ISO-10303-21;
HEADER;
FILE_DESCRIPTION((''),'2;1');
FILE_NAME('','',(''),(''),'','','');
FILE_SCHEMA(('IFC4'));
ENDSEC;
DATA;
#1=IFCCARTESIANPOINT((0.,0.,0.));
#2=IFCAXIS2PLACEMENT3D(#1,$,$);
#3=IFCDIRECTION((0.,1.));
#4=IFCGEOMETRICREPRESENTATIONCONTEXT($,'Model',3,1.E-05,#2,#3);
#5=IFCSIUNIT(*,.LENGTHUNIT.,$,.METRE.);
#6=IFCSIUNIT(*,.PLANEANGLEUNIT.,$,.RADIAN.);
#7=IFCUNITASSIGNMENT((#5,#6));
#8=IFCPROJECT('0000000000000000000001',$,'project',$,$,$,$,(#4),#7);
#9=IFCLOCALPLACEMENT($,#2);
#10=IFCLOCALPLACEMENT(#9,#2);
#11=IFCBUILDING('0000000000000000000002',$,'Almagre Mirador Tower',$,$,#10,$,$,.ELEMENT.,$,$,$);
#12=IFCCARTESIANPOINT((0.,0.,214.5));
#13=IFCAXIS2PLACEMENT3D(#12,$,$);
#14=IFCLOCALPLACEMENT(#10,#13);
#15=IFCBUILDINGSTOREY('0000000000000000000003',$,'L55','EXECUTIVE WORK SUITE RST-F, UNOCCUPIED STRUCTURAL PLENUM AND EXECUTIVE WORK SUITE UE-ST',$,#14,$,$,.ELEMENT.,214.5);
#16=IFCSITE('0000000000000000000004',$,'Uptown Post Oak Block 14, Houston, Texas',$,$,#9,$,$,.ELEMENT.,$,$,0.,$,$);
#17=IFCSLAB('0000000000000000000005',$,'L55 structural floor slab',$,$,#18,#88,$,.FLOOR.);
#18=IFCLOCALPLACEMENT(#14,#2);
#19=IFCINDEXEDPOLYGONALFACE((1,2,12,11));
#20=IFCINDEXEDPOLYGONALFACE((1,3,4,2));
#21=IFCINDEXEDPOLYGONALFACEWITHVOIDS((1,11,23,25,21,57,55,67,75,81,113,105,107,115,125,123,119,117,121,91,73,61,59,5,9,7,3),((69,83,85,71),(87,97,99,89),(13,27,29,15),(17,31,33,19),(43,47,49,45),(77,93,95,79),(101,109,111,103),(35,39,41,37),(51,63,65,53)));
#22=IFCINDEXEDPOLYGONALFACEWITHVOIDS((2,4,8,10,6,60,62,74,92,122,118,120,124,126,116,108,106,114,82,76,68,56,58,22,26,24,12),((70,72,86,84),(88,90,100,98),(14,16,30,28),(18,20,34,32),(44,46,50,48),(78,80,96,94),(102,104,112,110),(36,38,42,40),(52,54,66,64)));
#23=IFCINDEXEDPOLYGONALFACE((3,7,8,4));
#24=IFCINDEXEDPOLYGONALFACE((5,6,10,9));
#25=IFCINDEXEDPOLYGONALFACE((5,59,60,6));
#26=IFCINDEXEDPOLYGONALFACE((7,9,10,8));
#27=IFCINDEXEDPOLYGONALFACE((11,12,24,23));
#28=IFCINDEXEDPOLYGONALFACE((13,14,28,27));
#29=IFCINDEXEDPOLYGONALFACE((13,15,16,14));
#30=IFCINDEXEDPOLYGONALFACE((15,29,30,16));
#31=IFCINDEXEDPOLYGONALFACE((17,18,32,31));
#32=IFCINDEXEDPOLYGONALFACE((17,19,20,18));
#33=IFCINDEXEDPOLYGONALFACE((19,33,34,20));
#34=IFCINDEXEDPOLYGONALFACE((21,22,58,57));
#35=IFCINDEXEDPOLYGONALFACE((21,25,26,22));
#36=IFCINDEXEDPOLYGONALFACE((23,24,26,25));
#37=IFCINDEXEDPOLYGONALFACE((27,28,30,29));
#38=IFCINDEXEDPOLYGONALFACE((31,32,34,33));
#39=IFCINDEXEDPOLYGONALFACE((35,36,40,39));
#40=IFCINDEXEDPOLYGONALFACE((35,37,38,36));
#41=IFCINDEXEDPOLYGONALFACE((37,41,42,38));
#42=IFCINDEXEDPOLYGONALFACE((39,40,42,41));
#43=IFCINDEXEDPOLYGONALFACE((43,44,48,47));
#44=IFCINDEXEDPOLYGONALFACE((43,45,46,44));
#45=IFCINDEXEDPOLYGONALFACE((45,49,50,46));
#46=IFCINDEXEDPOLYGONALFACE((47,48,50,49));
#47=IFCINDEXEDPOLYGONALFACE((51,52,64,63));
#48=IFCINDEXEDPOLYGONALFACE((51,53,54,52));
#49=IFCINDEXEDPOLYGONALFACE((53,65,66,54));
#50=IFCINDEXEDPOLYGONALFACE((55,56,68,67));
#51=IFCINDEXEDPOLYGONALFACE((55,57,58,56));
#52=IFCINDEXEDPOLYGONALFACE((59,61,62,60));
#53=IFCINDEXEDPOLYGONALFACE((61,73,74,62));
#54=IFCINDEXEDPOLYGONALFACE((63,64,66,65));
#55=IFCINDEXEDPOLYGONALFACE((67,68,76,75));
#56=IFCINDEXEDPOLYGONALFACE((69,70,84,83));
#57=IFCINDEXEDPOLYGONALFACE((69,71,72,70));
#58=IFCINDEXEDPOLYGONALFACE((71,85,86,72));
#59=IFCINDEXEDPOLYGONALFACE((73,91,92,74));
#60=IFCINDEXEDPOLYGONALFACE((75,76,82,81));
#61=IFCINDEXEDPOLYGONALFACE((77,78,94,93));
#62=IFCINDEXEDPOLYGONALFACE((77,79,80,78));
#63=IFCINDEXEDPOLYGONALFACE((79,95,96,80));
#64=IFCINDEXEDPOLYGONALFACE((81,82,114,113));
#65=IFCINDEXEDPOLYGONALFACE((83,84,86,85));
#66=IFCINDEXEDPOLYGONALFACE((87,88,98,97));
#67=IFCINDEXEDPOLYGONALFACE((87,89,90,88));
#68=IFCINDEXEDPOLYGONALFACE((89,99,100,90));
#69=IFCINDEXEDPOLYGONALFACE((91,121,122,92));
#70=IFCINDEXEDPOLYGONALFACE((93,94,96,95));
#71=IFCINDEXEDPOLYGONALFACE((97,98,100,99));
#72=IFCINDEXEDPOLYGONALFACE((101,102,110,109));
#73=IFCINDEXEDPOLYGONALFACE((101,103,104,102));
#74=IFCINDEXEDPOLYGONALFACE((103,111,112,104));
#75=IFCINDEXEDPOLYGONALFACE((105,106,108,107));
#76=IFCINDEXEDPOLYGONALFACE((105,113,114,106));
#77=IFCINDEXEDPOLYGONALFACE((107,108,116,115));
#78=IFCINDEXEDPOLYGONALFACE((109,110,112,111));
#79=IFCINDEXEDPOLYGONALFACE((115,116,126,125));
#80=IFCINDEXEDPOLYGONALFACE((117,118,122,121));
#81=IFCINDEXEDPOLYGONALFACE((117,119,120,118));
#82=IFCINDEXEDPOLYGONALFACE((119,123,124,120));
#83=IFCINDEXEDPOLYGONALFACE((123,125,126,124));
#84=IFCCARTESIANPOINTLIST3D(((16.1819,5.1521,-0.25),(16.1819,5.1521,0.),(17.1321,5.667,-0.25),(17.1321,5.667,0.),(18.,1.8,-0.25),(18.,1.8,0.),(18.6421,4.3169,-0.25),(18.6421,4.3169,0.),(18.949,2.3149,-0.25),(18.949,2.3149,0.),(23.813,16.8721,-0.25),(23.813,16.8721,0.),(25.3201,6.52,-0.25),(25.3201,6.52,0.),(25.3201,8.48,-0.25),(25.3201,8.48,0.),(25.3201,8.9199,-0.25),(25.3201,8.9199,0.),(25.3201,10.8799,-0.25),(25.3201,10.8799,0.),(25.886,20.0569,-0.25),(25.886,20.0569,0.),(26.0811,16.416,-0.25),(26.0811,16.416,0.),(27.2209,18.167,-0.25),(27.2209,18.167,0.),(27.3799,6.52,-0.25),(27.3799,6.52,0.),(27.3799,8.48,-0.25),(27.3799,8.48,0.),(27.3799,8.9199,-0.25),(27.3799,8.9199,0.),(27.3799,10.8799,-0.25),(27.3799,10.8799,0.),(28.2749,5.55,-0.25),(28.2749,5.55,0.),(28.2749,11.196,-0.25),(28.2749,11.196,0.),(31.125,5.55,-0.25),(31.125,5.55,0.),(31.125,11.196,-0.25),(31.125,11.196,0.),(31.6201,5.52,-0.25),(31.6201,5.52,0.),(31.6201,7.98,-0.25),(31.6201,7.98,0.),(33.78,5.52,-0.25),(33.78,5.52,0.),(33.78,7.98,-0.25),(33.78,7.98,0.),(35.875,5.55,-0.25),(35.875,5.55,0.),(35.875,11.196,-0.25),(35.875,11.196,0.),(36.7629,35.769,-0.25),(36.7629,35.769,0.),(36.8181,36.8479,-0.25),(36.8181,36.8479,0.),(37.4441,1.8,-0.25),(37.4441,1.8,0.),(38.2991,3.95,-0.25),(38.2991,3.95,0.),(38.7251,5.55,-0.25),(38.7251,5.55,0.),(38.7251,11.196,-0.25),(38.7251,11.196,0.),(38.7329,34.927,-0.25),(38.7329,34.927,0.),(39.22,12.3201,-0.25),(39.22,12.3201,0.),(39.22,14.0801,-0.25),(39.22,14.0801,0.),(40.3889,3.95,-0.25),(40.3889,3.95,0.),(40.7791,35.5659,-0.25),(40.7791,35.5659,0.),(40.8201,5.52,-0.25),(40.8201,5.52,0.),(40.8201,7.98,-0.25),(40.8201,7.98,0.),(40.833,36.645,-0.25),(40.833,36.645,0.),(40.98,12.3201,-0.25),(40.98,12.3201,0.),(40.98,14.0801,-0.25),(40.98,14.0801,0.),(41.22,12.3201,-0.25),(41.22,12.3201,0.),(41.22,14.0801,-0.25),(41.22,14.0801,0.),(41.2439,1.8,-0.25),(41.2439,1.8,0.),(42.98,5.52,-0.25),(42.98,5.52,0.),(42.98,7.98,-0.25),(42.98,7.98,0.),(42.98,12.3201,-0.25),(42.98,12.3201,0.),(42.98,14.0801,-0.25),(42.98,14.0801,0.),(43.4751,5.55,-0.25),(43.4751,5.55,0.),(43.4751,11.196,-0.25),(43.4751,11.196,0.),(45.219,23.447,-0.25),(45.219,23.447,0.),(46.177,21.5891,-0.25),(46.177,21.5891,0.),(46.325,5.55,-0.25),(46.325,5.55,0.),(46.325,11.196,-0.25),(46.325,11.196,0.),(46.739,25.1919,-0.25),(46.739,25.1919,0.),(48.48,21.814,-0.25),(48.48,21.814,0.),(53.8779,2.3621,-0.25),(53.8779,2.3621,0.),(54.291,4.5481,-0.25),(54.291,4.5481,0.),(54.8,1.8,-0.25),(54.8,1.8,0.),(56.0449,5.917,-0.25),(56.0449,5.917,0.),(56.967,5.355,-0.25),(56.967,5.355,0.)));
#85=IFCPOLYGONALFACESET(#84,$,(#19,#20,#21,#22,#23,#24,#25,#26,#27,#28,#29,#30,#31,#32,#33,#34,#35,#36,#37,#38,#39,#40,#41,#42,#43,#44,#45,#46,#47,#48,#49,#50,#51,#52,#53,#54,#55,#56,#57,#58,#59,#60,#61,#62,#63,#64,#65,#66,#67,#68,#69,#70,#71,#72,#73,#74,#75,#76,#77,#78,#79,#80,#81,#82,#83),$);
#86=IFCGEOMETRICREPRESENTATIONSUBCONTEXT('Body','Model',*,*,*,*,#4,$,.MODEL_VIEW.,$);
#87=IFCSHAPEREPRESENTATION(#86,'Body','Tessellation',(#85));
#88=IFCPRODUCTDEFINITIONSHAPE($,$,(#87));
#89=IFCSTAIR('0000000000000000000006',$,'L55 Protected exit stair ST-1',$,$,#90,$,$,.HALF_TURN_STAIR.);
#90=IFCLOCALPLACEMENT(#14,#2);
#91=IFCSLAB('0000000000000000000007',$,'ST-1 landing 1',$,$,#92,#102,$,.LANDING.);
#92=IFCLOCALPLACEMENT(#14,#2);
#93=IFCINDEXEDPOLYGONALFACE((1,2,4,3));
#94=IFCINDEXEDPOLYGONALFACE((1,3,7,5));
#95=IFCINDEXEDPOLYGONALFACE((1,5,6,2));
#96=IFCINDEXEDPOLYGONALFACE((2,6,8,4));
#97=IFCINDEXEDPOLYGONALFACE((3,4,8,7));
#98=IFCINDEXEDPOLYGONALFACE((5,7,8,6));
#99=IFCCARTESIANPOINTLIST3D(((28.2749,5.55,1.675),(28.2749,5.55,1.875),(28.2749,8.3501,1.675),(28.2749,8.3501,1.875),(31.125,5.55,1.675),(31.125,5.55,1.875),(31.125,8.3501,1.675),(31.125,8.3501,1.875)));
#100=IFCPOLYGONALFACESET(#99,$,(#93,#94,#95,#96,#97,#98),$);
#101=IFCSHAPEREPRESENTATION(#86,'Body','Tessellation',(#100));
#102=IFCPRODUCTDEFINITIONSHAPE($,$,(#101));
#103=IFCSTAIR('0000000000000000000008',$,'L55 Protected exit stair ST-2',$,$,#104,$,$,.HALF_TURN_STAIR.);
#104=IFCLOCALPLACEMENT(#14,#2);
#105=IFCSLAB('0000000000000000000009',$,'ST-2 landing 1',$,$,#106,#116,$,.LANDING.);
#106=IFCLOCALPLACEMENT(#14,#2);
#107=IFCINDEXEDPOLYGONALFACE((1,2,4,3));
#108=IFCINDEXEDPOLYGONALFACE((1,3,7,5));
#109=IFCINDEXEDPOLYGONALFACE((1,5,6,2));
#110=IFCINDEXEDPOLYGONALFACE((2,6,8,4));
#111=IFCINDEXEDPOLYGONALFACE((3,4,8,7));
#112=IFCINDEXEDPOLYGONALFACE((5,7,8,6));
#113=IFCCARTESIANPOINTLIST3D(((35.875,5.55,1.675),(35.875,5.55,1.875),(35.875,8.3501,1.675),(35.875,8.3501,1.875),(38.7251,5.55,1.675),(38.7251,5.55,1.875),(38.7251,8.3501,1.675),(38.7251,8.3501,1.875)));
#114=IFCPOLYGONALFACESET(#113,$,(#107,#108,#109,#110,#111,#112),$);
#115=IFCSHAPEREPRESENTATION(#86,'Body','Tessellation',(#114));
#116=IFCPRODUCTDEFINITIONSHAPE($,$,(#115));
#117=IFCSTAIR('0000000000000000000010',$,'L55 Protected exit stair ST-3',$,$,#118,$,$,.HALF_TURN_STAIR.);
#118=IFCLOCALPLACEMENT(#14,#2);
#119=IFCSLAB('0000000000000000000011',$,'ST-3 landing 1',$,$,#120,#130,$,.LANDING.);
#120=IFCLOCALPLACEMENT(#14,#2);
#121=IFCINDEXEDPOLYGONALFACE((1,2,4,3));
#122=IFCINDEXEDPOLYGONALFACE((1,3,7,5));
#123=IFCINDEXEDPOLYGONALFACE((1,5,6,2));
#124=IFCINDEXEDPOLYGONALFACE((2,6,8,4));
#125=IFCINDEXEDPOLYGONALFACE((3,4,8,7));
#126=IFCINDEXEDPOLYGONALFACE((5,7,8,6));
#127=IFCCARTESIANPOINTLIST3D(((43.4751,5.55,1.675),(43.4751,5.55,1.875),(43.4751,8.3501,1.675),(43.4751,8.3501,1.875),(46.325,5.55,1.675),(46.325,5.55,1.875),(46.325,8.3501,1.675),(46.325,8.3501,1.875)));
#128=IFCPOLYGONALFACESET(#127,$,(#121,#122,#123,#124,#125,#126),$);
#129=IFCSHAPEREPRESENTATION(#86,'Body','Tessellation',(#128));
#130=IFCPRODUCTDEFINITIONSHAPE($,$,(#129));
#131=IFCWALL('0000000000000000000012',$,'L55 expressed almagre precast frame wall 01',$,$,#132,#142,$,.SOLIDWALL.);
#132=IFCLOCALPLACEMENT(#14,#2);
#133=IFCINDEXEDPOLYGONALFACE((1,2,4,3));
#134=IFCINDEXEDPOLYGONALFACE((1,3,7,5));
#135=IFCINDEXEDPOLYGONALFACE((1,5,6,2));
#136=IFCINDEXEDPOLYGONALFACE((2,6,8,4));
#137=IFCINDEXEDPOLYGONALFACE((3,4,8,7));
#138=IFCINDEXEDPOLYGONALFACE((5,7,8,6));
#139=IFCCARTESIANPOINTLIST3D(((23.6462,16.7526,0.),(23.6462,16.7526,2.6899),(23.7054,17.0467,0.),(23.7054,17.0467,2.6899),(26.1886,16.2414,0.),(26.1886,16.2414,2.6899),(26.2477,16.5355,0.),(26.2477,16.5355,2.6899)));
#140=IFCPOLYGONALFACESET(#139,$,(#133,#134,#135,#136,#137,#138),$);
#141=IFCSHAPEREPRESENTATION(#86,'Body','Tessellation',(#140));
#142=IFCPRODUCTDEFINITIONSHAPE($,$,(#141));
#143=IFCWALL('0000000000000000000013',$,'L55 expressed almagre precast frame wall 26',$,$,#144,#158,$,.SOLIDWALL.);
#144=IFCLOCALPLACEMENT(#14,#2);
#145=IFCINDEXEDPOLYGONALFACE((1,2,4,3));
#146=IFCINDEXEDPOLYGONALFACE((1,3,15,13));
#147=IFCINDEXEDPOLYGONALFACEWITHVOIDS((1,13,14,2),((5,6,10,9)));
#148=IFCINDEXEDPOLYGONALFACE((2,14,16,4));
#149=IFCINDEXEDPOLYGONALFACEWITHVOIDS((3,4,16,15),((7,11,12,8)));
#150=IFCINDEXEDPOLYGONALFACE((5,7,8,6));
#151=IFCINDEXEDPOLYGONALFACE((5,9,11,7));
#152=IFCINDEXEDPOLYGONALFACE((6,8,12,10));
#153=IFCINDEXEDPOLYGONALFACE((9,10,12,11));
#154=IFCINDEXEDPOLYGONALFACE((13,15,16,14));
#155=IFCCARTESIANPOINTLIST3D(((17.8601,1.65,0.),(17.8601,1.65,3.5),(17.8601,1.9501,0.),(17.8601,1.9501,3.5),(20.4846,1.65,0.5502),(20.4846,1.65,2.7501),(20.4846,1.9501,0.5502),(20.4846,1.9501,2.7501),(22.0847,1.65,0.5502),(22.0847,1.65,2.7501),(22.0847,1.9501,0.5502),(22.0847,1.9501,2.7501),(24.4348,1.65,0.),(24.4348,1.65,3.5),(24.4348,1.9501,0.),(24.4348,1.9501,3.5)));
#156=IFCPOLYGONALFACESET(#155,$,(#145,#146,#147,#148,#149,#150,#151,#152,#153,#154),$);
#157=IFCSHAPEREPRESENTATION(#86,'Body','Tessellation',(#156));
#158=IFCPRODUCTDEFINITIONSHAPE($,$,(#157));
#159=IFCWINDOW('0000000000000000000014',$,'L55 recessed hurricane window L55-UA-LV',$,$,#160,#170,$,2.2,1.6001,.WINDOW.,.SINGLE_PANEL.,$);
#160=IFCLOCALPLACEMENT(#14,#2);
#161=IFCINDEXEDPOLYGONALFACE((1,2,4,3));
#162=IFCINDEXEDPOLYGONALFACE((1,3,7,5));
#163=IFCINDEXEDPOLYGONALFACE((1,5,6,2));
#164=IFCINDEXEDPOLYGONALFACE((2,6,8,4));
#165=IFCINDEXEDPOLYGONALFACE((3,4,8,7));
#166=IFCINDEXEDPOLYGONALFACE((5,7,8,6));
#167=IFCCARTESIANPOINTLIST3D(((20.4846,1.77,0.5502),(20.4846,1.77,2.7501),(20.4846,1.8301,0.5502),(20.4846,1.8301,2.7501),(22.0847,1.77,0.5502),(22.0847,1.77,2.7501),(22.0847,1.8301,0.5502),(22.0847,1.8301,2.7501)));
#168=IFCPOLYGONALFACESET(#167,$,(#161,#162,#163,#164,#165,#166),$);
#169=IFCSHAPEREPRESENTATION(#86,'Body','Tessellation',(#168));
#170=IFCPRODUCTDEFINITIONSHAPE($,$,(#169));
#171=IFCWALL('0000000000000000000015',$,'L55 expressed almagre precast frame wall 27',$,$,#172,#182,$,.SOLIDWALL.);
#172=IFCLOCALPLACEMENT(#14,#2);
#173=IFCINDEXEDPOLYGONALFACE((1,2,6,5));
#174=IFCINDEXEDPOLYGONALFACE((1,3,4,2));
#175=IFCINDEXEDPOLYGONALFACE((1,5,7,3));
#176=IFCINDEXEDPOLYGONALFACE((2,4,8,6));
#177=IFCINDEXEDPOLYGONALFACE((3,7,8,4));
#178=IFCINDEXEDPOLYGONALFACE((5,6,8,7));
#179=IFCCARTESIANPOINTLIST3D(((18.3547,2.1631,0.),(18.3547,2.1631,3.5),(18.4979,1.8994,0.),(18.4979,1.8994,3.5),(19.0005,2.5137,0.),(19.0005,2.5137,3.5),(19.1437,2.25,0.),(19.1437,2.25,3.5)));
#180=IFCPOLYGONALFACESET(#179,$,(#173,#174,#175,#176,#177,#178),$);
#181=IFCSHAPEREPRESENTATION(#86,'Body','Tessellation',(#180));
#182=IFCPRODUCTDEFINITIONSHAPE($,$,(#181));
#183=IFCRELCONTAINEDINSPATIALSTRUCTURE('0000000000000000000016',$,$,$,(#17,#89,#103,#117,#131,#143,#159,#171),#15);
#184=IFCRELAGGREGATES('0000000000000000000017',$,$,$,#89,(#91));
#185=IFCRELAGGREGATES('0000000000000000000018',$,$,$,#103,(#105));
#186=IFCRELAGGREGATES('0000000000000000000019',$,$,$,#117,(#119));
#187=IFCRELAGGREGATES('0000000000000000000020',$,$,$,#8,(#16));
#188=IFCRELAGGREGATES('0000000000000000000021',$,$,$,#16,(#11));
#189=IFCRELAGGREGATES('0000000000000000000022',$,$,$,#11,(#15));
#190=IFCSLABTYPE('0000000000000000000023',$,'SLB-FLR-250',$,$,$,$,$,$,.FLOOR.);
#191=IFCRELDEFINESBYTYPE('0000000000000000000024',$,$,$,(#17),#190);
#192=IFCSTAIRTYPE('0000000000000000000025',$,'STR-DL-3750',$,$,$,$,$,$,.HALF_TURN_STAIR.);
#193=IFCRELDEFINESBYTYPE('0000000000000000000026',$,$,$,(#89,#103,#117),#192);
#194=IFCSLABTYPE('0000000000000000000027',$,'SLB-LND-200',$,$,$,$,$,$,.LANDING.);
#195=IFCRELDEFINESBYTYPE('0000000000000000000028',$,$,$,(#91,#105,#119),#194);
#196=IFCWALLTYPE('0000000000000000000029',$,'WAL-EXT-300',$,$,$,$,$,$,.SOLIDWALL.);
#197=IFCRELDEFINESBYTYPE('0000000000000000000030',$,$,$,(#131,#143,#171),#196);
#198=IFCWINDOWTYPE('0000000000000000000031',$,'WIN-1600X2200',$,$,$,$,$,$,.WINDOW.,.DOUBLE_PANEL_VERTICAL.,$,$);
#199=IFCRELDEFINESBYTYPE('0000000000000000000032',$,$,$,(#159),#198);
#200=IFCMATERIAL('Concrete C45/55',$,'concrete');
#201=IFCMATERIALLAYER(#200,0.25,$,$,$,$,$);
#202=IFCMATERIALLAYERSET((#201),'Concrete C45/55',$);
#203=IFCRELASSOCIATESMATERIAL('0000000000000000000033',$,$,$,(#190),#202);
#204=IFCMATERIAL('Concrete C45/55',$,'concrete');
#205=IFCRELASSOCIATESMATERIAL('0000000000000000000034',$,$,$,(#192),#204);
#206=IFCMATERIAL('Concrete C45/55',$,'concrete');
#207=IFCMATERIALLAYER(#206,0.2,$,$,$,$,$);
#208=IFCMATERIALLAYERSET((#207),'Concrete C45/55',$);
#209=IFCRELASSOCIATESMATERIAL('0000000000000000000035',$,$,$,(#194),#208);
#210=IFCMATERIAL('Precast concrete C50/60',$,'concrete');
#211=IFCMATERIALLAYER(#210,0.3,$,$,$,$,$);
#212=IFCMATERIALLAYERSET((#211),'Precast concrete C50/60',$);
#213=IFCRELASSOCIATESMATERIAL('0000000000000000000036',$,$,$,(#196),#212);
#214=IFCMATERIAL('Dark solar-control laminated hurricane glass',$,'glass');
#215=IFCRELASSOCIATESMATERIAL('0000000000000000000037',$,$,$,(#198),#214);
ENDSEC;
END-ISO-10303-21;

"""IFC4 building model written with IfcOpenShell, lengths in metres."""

from ifc_helpers import new_model, si_unit, direction, frame, frame_2d, origin, place, context, subcontext, project, spatial, polyline, rectangle, outline, extrude, material, layer, layer_set, type_object, element, fill, aggregate, save


model = new_model("IFC4")

# Units and contexts
model_context = context("Model", 3, precision=1e-05, world=origin(), true_north=direction((0.0, 1.0)))
body_context = subcontext(model_context, "Body", "Model", "MODEL_VIEW")
ifc_project = project(units=[si_unit("LENGTHUNIT", "METRE"), si_unit("PLANEANGLEUNIT", "RADIAN")], contexts=[model_context])

# Site, building, storey
site_placement = place(None, origin())
site = spatial("IfcSite", under=ifc_project, at=site_placement, Name="Uptown Post Oak Block 14, Houston, Texas", CompositionType="ELEMENT", RefElevation=0.0)
building_placement = place(site_placement, origin())
building = spatial("IfcBuilding", under=site, at=building_placement, Name="Almagre Mirador Tower", CompositionType="ELEMENT")
storey_placement = place(building_placement, frame((0.0, 0.0, 214.5)))
storey = spatial("IfcBuildingStorey", under=building, at=storey_placement, Name="L55", Description="EXECUTIVE WORK SUITE RST-F, UNOCCUPIED STRUCTURAL PLENUM AND EXECUTIVE WORK SUITE UE-ST", CompositionType="ELEMENT", Elevation=214.5)

# Slab
ifc_material_1 = material(Name="Concrete C45/55", Category="concrete")
ifc_layer_1 = layer(ifc_material_1, 0.25)
ifc_layer_set_1 = layer_set([ifc_layer_1], Name="Concrete C45/55")
slab_type_1 = type_object("IfcSlabType", Name="SLB-FLR-250", PredefinedType="FLOOR", material=ifc_layer_set_1)
slab_1_placement = place(storey_placement, frame((0.0, 0.0, -0.25)))
element("IfcSlab", 1, at=slab_1_placement, inside=storey, type_object=slab_type_1, Name="L55 structural floor slab", PredefinedType="FLOOR", context=body_context, shape_type="SweptSolid", body=[
    extrude(outline(polyline([(16.1819, 5.1521), (17.1321, 5.667), (18.6421, 4.3169), (18.949, 2.3149), (18.0, 1.8), (37.4441, 1.8), (38.2991, 3.95), (40.3889, 3.95), (41.2439, 1.8), (54.8, 1.8), (53.8779, 2.3621), (54.291, 4.5481), (56.0449, 5.917), (56.967, 5.355), (48.48, 21.814), (46.177, 21.5891), (45.219, 23.447), (46.739, 25.1919), (40.833, 36.645), (40.7791, 35.5659), (38.7329, 34.927), (36.7629, 35.769), (36.8181, 36.8479), (25.886, 20.0569), (27.2209, 18.167), (26.0811, 16.416), (23.813, 16.8721), (16.1819, 5.1521)]), holes=[polyline([(43.4751, 5.55), (43.4751, 11.196), (46.325, 11.196), (46.325, 5.55), (43.4751, 5.55)]), polyline([(41.22, 12.3201), (41.22, 14.0801), (42.98, 14.0801), (42.98, 12.3201), (41.22, 12.3201)]), polyline([(42.98, 5.52), (40.8201, 5.52), (40.8201, 7.98), (42.98, 7.98), (42.98, 5.52)]), polyline([(39.22, 12.3201), (39.22, 14.0801), (40.98, 14.0801), (40.98, 12.3201), (39.22, 12.3201)]), polyline([(35.875, 5.55), (35.875, 11.196), (38.7251, 11.196), (38.7251, 5.55), (35.875, 5.55)]), polyline([(33.78, 5.52), (31.6201, 5.52), (31.6201, 7.98), (33.78, 7.98), (33.78, 5.52)]), polyline([(28.2749, 5.55), (28.2749, 11.196), (31.125, 11.196), (31.125, 5.55), (28.2749, 5.55)]), polyline([(27.3799, 6.52), (25.3201, 6.52), (25.3201, 8.48), (27.3799, 8.48), (27.3799, 6.52)]), polyline([(27.3799, 8.9199), (25.3201, 8.9199), (25.3201, 10.8799), (27.3799, 10.8799), (27.3799, 8.9199)])]), origin(), (0.0, 0.0, 1.0), 0.25),
])

# Stairs, slabs
ifc_material_2 = material(Name="Concrete C45/55", Category="concrete")
stair_type = type_object("IfcStairType", Name="STR-DL-3750", PredefinedType="HALF_TURN_STAIR", material=ifc_material_2)
stair_1_placement = place(storey_placement, origin())
stair_1 = element("IfcStair", 2, at=stair_1_placement, inside=storey, type_object=stair_type, Name="L55 Protected exit stair ST-1", PredefinedType="HALF_TURN_STAIR")
ifc_material_3 = material(Name="Concrete C45/55", Category="concrete")
ifc_layer_2 = layer(ifc_material_3, 0.2)
ifc_layer_set_2 = layer_set([ifc_layer_2], Name="Concrete C45/55")
slab_type_2 = type_object("IfcSlabType", Name="SLB-LND-200", PredefinedType="LANDING", material=ifc_layer_set_2)
slab_2_placement = place(storey_placement, frame((0.0, 0.0, 1.675)))
slab_2 = element("IfcSlab", 3, at=slab_2_placement, type_object=slab_type_2, Name="ST-1 landing 1", PredefinedType="LANDING", context=body_context, shape_type="SweptSolid", body=[
    extrude(outline(polyline([(28.2749, 8.3501), (28.2749, 5.55), (31.125, 5.55), (31.125, 8.3501), (28.2749, 8.3501)])), origin(), (0.0, 0.0, 1.0), 0.2),
])
aggregate(stair_1, [slab_2])
stair_2_placement = place(storey_placement, origin())
stair_2 = element("IfcStair", 4, at=stair_2_placement, inside=storey, type_object=stair_type, Name="L55 Protected exit stair ST-2", PredefinedType="HALF_TURN_STAIR")
slab_3_placement = place(storey_placement, frame((0.0, 0.0, 1.675)))
slab_3 = element("IfcSlab", 5, at=slab_3_placement, type_object=slab_type_2, Name="ST-2 landing 1", PredefinedType="LANDING", context=body_context, shape_type="SweptSolid", body=[
    extrude(outline(polyline([(35.875, 8.3501), (35.875, 5.55), (38.7251, 5.55), (38.7251, 8.3501), (35.875, 8.3501)])), origin(), (0.0, 0.0, 1.0), 0.2),
])
aggregate(stair_2, [slab_3])
stair_3_placement = place(storey_placement, origin())
stair_3 = element("IfcStair", 6, at=stair_3_placement, inside=storey, type_object=stair_type, Name="L55 Protected exit stair ST-3", PredefinedType="HALF_TURN_STAIR")
slab_4_placement = place(storey_placement, frame((0.0, 0.0, 1.675)))
slab_4 = element("IfcSlab", 7, at=slab_4_placement, type_object=slab_type_2, Name="ST-3 landing 1", PredefinedType="LANDING", context=body_context, shape_type="SweptSolid", body=[
    extrude(outline(polyline([(43.4751, 8.3501), (43.4751, 5.55), (46.325, 5.55), (46.325, 8.3501), (43.4751, 8.3501)])), origin(), (0.0, 0.0, 1.0), 0.2),
])
aggregate(stair_3, [slab_4])

# Wall
ifc_material_4 = material(Name="Precast concrete C50/60", Category="concrete")
ifc_layer_3 = layer(ifc_material_4, 0.3)
ifc_layer_set_3 = layer_set([ifc_layer_3], Name="Precast concrete C50/60")
wall_type_1 = type_object("IfcWallType", Name="WAL-EXT-300", PredefinedType="SOLIDWALL", material=ifc_layer_set_3)
wall_1_placement = place(storey_placement, frame((23.6758, 16.8997, 0.0), z_axis=(0.0, 0.0, 1.0), x_axis=(0.980377, -0.19713, 0.0)))
element("IfcWall", 8, at=wall_1_placement, inside=storey, type_object=wall_type_1, Name="L55 expressed almagre precast frame wall 01", PredefinedType="SOLIDWALL", context=body_context, shape_type="SweptSolid", body=[
    extrude(rectangle(XDim=2.5933, YDim=0.3, at=frame_2d((1.2966, 0.0))), origin(), (0.0, 0.0, 1.0), 2.6899),
])

# Wall, opening, window
wall_2_placement = place(storey_placement, frame((24.4348, 1.8, 0.0), z_axis=(0.0, 0.0, 1.0), x_axis=(-1.0, 0.0, 0.0)))
wall_2 = element("IfcWall", 9, at=wall_2_placement, inside=storey, type_object=wall_type_1, Name="L55 expressed almagre precast frame wall 26", PredefinedType="SOLIDWALL", context=body_context, shape_type="SweptSolid", body=[
    extrude(rectangle(XDim=6.5747, YDim=0.3, at=frame_2d((3.2874, 0.0))), origin(), (0.0, 0.0, 1.0), 3.5),
])
opening_1_placement = place(wall_2_placement, frame((2.3501, 0.0, 0.55)))
opening_1 = element("IfcOpeningElement", 10, at=opening_1_placement, cuts=wall_2, PredefinedType="OPENING", context=body_context, shape_type="SweptSolid", body=[
    extrude(rectangle(XDim=1.6001, YDim=2.2, at=frame_2d((0.8, 1.1001))), frame((0.0, 0.1599, 0.0), z_axis=(0.0, -1.0, 0.0), x_axis=(1.0, 0.0, 0.0)), (0.0, 0.0, 1.0), 0.32),
])
ifc_material_5 = material(Name="Dark solar-control laminated hurricane glass", Category="glass")
window_type_1 = type_object("IfcWindowType", Name="WIN-1600X2200", PartitioningType="DOUBLE_PANEL_VERTICAL", PredefinedType="WINDOW", material=ifc_material_5)
window_1_placement = place(opening_1_placement, origin())
window_1 = element("IfcWindow", 11, at=window_1_placement, inside=storey, type_object=window_type_1, Name="L55 recessed hurricane window L55-UA-LV", OverallHeight=2.2, OverallWidth=1.6001, PartitioningType="SINGLE_PANEL", PredefinedType="WINDOW", context=body_context, shape_type="SweptSolid", body=[
    extrude(rectangle(XDim=1.6001, YDim=2.2, at=frame_2d((0.8, 1.1001))), frame((0.0, 0.03, 0.0), z_axis=(0.0, -1.0, 0.0), x_axis=(1.0, 0.0, 0.0)), (0.0, 0.0, 1.0), 0.0601),
])
fill(opening_1, window_1)

# Wall
wall_3_placement = place(storey_placement, frame((18.4263, 2.0312, 0.0), z_axis=(0.0, 0.0, 1.0), x_axis=(0.878834, 0.477129, 0.0)))
element("IfcWall", 12, at=wall_3_placement, inside=storey, type_object=wall_type_1, Name="L55 expressed almagre precast frame wall 27", PredefinedType="SOLIDWALL", context=body_context, shape_type="SweptSolid", body=[
    extrude(rectangle(XDim=0.7349, YDim=0.3, at=frame_2d((0.3674, 0.0))), origin(), (0.0, 0.0, 1.0), 3.5),
])

save(model, "model.ifc")
